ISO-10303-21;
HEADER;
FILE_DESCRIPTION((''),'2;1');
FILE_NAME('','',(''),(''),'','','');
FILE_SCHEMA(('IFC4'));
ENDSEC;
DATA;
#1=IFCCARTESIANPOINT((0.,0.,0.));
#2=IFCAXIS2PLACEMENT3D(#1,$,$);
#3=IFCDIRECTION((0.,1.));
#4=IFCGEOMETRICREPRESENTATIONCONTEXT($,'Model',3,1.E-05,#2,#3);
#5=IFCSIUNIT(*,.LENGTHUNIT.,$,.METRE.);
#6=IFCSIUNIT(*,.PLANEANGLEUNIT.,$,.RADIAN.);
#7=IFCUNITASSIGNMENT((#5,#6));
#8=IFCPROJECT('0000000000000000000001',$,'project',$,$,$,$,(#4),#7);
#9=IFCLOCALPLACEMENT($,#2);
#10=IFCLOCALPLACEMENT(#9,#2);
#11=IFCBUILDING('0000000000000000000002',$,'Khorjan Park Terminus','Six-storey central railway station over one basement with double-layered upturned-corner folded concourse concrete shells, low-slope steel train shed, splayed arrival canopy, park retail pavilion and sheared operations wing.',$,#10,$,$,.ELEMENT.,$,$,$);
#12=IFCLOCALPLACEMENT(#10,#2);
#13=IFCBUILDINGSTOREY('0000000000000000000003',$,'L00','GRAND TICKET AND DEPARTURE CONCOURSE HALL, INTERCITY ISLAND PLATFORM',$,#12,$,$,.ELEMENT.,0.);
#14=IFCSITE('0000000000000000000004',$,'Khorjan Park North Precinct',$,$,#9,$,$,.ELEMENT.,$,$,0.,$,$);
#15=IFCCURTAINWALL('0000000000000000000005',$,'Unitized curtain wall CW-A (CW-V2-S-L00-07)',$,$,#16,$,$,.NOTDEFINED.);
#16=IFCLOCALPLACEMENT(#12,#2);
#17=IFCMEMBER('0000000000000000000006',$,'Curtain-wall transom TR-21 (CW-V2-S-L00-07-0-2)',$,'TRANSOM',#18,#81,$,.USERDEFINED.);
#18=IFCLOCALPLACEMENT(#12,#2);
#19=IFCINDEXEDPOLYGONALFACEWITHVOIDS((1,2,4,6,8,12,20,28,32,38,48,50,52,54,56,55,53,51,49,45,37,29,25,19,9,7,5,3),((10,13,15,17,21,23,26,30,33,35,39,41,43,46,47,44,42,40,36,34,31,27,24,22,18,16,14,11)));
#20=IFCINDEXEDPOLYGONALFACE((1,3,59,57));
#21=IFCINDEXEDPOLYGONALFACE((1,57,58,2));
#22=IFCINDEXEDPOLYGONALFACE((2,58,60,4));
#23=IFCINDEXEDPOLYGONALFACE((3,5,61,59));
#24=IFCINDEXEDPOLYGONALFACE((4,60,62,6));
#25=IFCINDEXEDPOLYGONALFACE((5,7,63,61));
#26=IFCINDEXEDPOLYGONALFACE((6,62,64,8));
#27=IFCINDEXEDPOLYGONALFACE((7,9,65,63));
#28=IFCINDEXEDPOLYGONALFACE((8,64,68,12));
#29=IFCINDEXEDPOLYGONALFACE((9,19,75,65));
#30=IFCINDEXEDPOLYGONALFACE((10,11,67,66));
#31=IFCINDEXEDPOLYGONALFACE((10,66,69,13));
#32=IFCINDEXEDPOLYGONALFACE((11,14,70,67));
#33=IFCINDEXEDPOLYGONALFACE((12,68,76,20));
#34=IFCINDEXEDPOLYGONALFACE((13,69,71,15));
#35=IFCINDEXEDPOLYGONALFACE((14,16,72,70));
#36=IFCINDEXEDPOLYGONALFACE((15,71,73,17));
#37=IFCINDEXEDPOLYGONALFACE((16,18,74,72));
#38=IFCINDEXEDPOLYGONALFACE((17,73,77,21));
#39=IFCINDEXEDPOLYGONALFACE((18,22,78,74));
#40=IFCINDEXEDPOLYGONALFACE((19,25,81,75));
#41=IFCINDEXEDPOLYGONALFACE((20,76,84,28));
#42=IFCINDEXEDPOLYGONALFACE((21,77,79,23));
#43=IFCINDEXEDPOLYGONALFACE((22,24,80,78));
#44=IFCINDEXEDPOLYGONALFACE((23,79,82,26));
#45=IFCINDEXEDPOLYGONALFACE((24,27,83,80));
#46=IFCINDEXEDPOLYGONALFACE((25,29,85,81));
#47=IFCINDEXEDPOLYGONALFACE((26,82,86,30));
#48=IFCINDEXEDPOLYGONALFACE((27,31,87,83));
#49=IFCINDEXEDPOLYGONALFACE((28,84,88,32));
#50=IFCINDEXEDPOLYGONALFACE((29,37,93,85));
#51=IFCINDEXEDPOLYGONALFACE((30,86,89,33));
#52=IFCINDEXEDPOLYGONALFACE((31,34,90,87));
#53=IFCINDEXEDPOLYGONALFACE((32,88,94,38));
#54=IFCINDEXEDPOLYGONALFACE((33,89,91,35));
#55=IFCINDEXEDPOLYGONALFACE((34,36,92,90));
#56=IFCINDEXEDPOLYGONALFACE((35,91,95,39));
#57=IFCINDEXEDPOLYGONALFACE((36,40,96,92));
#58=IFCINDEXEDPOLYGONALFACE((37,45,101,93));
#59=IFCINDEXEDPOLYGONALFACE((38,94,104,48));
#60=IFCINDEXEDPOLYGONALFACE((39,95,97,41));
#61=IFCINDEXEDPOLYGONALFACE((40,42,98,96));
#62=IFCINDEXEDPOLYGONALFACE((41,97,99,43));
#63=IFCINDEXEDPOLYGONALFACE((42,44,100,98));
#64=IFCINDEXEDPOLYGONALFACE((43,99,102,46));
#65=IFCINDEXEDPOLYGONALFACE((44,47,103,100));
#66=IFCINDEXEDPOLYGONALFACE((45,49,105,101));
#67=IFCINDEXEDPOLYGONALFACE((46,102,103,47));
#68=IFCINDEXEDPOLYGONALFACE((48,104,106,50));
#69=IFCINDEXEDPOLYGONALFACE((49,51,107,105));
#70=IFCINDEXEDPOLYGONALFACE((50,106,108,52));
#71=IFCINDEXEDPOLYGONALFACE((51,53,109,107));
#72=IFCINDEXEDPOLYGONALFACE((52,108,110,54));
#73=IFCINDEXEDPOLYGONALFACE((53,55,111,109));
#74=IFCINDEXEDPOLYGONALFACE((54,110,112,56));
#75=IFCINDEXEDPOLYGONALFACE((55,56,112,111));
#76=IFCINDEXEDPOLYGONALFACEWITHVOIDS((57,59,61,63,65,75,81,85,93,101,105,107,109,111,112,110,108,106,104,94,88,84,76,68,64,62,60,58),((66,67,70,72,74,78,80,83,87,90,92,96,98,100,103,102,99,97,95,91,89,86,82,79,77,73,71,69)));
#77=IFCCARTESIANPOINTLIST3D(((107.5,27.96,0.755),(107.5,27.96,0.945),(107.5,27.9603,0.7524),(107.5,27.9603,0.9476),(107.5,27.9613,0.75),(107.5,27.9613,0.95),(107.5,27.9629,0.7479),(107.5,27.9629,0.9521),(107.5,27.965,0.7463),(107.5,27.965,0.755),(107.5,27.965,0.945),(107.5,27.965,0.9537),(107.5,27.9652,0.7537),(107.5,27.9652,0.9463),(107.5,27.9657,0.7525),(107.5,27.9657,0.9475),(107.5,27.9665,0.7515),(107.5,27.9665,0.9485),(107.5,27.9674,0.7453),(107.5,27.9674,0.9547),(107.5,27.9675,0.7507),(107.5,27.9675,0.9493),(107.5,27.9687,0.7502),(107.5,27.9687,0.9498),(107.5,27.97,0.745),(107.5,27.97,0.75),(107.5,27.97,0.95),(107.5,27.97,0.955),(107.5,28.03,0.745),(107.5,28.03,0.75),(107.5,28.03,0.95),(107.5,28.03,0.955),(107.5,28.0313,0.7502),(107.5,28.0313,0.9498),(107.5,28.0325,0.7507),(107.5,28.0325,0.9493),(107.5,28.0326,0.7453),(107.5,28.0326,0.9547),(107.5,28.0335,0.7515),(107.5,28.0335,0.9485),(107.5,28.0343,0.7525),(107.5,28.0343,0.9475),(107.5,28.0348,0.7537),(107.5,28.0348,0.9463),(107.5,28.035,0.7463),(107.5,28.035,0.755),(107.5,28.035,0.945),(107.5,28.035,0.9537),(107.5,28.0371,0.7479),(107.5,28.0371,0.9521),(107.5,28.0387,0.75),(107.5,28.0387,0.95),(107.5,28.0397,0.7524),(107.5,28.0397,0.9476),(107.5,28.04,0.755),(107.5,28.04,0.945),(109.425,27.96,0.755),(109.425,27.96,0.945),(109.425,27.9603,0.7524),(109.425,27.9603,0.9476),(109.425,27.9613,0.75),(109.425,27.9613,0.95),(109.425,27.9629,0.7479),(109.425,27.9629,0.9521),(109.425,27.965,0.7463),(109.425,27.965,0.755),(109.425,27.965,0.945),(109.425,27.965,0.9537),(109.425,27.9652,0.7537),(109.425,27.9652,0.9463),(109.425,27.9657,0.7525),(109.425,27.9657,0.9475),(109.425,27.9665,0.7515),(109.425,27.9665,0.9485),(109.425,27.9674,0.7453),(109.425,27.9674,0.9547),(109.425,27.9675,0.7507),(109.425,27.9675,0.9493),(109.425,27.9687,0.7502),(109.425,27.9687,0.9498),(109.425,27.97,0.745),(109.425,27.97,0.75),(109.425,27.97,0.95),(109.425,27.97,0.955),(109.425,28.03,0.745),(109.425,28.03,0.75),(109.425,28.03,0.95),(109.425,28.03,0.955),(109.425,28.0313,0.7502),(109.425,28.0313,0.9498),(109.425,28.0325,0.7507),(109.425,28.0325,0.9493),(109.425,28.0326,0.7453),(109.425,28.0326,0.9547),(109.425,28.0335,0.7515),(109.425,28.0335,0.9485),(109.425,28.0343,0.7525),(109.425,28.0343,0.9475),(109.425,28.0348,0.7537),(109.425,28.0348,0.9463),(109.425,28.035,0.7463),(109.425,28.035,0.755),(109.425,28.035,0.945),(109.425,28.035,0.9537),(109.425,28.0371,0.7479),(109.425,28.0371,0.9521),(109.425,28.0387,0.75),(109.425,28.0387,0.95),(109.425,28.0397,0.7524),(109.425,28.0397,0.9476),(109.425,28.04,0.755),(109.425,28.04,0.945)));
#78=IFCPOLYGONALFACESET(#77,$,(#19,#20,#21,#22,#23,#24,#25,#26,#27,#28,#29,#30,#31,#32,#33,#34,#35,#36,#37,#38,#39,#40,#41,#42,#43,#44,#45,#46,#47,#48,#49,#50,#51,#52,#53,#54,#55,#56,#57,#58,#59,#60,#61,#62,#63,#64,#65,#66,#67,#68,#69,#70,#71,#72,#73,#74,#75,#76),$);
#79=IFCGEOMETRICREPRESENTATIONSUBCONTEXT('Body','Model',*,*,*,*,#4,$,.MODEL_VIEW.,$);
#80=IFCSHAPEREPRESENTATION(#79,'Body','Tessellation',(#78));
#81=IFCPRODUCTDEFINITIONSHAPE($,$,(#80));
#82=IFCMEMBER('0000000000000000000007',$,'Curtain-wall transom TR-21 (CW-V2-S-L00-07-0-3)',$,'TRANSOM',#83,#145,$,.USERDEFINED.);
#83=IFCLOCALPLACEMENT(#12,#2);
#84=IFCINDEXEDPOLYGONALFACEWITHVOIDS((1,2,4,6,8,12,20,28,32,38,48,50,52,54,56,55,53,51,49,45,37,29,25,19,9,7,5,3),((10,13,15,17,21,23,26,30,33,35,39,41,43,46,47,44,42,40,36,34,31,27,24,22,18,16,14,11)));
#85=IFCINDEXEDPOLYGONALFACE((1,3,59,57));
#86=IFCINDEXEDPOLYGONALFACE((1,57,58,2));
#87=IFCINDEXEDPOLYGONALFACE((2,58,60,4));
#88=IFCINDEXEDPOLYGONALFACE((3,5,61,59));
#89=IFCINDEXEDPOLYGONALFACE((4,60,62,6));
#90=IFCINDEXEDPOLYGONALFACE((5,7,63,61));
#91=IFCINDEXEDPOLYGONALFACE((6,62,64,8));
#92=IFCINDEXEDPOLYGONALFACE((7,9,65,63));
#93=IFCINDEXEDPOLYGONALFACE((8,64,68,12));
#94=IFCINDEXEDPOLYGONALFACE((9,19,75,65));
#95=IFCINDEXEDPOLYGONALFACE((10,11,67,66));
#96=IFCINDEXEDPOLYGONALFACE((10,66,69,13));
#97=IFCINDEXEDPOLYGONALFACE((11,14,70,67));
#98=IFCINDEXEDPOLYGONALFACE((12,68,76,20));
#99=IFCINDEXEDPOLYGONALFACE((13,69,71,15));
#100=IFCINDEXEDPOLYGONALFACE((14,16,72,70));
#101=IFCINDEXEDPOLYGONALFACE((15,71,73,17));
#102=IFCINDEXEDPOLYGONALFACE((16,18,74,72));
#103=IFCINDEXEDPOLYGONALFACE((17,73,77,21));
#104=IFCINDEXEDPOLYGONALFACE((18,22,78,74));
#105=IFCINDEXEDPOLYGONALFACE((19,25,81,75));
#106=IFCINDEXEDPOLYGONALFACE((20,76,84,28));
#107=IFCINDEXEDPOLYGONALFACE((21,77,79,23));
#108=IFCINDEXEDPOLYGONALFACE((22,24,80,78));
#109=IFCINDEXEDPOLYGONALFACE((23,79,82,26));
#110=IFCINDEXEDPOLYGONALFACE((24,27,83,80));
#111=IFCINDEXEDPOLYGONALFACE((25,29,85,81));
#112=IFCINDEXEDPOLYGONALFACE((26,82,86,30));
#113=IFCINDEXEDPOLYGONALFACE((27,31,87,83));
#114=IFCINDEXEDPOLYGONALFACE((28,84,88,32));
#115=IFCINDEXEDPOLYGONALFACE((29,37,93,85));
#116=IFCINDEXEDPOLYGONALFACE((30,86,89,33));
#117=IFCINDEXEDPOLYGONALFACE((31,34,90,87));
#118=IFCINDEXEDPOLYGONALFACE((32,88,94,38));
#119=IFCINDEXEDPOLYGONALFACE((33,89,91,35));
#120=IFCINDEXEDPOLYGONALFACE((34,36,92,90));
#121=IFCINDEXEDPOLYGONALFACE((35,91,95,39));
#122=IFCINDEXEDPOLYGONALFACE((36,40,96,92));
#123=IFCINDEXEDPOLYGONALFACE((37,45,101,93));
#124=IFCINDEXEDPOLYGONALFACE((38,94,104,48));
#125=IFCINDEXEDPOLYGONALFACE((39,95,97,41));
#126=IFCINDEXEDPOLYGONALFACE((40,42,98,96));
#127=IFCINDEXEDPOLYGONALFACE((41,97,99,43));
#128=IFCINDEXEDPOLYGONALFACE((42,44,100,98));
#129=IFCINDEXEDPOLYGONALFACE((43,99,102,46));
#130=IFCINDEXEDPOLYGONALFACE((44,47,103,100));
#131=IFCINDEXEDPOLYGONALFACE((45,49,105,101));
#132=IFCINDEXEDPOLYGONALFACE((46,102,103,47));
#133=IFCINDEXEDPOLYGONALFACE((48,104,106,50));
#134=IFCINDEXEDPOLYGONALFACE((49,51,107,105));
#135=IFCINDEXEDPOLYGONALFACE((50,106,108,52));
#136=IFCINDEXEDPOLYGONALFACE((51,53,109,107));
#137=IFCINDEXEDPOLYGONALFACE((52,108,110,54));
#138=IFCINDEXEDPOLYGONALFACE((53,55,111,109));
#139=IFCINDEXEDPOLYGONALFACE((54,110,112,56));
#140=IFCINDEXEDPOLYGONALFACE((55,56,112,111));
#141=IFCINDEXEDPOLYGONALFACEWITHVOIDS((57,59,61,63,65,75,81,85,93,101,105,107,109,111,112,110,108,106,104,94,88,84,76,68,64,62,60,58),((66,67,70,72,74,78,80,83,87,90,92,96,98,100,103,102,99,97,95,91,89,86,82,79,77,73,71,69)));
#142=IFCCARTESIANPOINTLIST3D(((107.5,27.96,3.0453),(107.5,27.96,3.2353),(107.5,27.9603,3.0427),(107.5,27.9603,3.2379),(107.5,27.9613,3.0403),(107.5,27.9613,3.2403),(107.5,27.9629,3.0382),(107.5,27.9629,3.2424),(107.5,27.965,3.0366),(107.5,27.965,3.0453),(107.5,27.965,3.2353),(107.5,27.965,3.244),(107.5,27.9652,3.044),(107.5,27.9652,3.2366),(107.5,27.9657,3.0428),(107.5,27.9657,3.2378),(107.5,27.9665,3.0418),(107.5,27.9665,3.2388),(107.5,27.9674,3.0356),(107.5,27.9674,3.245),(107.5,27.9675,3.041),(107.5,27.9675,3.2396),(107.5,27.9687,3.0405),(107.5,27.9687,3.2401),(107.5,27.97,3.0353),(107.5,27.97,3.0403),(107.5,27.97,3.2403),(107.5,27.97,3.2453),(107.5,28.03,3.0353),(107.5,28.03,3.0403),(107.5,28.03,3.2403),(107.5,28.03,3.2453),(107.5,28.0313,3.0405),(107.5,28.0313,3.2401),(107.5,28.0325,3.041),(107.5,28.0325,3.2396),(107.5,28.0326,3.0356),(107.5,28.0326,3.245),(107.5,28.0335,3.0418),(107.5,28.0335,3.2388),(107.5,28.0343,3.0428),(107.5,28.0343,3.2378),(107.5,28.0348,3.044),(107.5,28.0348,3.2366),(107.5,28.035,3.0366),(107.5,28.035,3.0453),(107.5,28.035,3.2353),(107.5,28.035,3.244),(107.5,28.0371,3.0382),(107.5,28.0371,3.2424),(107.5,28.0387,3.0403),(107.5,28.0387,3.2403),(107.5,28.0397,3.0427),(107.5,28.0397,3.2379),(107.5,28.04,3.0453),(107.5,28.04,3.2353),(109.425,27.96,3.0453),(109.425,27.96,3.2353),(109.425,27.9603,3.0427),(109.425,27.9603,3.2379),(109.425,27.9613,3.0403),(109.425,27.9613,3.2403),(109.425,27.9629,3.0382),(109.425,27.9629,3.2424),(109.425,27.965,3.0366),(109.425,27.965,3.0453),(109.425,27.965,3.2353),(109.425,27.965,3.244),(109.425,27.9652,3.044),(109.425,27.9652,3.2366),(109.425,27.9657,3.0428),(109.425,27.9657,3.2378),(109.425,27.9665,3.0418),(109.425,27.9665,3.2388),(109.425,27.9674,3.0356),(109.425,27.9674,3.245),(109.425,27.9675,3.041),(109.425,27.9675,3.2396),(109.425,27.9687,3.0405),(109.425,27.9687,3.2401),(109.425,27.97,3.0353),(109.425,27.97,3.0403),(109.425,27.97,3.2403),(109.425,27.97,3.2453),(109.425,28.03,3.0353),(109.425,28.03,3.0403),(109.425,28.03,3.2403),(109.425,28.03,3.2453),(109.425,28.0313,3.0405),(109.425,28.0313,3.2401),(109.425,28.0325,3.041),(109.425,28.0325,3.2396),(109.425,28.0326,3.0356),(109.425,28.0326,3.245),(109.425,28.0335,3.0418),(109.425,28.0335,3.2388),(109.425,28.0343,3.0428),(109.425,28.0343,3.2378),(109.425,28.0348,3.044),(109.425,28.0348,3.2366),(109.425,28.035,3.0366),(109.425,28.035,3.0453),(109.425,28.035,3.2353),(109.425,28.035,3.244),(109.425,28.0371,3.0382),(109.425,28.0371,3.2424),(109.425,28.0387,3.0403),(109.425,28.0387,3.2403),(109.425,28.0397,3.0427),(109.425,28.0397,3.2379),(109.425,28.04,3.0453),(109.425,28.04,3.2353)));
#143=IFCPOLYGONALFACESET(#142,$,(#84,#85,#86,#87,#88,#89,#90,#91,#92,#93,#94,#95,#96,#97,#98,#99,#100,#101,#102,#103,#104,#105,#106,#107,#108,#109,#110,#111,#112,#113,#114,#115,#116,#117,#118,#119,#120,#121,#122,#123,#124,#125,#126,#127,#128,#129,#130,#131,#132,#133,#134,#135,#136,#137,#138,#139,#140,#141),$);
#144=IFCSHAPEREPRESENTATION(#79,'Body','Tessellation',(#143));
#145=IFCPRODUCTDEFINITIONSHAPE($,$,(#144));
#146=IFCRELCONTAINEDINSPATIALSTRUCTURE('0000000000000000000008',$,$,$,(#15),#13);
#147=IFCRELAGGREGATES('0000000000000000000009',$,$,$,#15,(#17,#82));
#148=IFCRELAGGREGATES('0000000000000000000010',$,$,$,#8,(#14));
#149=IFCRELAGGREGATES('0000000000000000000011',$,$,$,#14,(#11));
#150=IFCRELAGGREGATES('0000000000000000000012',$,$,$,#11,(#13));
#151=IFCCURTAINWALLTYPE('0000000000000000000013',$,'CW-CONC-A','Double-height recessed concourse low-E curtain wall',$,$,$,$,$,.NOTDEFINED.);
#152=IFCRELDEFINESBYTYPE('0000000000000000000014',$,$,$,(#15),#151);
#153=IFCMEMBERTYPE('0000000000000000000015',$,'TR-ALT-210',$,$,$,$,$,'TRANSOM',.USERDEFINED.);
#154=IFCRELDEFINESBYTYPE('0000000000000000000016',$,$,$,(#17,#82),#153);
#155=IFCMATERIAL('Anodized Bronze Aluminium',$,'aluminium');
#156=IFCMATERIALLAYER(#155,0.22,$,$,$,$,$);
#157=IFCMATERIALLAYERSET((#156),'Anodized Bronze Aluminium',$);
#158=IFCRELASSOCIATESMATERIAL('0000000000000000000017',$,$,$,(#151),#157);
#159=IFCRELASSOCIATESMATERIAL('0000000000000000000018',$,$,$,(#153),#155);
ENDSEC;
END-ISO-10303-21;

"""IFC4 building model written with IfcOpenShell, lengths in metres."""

from ifc_helpers import new_model, si_unit, direction, frame, origin, origin_2d, place, context, subcontext, project, spatial, hollow_rectangle, extrude, material, layer, layer_set, material_profile, profile_set, type_object, element, aggregate, save


model = new_model("IFC4")

# Units and contexts
model_context = context("Model", 3, precision=1e-05, world=origin(), true_north=direction((0.0, 1.0)))
body_context = subcontext(model_context, "Body", "Model", "MODEL_VIEW")
ifc_project = project(units=[si_unit("LENGTHUNIT", "METRE"), si_unit("PLANEANGLEUNIT", "RADIAN")], contexts=[model_context])

# Site, building, storey
site_placement = place(None, origin())
site = spatial("IfcSite", under=ifc_project, at=site_placement, Name="Khorjan Park North Precinct", CompositionType="ELEMENT", RefElevation=0.0)
building_placement = place(site_placement, origin())
building = spatial("IfcBuilding", under=site, at=building_placement, Name="Khorjan Park Terminus", Description="Six-storey central railway station over one basement with double-layered upturned-corner folded concourse concrete shells, low-slope steel train shed, splayed arrival canopy, park retail pavilion and sheared operations wing.", CompositionType="ELEMENT")
storey_placement = place(building_placement, origin())
storey = spatial("IfcBuildingStorey", under=building, at=storey_placement, Name="L00", Description="GRAND TICKET AND DEPARTURE CONCOURSE HALL, INTERCITY ISLAND PLATFORM", CompositionType="ELEMENT", Elevation=0.0)

# Curtain wall, members
ifc_material_1 = material(Name="Anodized Bronze Aluminium", Category="aluminium")
ifc_layer_1 = layer(ifc_material_1, 0.22)
ifc_layer_set_1 = layer_set([ifc_layer_1], Name="Anodized Bronze Aluminium")
curtain_wall_type = type_object("IfcCurtainWallType", Name="CW-CONC-A", Description="Double-height recessed concourse low-E curtain wall", PredefinedType="NOTDEFINED", material=ifc_layer_set_1)
curtain_wall_placement = place(storey_placement, origin())
curtain_wall = element("IfcCurtainWall", 1, at=curtain_wall_placement, inside=storey, type_object=curtain_wall_type, Name="Unitized curtain wall CW-A (CW-V2-S-L00-07)", PredefinedType="NOTDEFINED")
ifc_material_profile_1 = material_profile(ifc_material_1, hollow_rectangle(XDim=0.08, YDim=0.21, WallThickness=0.005, InnerFilletRadius=0.005, OuterFilletRadius=0.01, at=origin_2d()), Name="ALT 80x210x5")
ifc_profile_set_1 = profile_set([ifc_material_profile_1], Name="Anodized Bronze Aluminium")
member_type_1 = type_object("IfcMemberType", Name="TR-ALT-210", ElementType="TRANSOM", PredefinedType="USERDEFINED", material=ifc_profile_set_1)
member_1_placement = place(storey_placement, frame((107.5, 28.0, 0.85), z_axis=(1.0, 0.0, 0.0), x_axis=(0.0, 1.0, 0.0)))
member_1 = element("IfcMember", 2, at=member_1_placement, type_object=member_type_1, Name="Curtain-wall transom TR-21 (CW-V2-S-L00-07-0-2)", ObjectType="TRANSOM", PredefinedType="USERDEFINED", context=body_context, shape_type="SweptSolid", body=[
    extrude(hollow_rectangle(XDim=0.08, YDim=0.21, WallThickness=0.005, InnerFilletRadius=0.005, OuterFilletRadius=0.01, at=origin_2d()), origin(), (0.0, 0.0, 1.0), 1.925),
])
member_2_placement = place(storey_placement, frame((107.5, 28.0, 3.1403), z_axis=(1.0, 0.0, 0.0), x_axis=(0.0, 1.0, 0.0)))
member_2 = element("IfcMember", 3, at=member_2_placement, type_object=member_type_1, Name="Curtain-wall transom TR-21 (CW-V2-S-L00-07-0-3)", ObjectType="TRANSOM", PredefinedType="USERDEFINED", context=body_context, shape_type="SweptSolid", body=[
    extrude(hollow_rectangle(XDim=0.08, YDim=0.21, WallThickness=0.005, InnerFilletRadius=0.005, OuterFilletRadius=0.01, at=origin_2d()), origin(), (0.0, 0.0, 1.0), 1.925),
])
aggregate(curtain_wall, [member_1, member_2])

save(model, "model.ifc")
